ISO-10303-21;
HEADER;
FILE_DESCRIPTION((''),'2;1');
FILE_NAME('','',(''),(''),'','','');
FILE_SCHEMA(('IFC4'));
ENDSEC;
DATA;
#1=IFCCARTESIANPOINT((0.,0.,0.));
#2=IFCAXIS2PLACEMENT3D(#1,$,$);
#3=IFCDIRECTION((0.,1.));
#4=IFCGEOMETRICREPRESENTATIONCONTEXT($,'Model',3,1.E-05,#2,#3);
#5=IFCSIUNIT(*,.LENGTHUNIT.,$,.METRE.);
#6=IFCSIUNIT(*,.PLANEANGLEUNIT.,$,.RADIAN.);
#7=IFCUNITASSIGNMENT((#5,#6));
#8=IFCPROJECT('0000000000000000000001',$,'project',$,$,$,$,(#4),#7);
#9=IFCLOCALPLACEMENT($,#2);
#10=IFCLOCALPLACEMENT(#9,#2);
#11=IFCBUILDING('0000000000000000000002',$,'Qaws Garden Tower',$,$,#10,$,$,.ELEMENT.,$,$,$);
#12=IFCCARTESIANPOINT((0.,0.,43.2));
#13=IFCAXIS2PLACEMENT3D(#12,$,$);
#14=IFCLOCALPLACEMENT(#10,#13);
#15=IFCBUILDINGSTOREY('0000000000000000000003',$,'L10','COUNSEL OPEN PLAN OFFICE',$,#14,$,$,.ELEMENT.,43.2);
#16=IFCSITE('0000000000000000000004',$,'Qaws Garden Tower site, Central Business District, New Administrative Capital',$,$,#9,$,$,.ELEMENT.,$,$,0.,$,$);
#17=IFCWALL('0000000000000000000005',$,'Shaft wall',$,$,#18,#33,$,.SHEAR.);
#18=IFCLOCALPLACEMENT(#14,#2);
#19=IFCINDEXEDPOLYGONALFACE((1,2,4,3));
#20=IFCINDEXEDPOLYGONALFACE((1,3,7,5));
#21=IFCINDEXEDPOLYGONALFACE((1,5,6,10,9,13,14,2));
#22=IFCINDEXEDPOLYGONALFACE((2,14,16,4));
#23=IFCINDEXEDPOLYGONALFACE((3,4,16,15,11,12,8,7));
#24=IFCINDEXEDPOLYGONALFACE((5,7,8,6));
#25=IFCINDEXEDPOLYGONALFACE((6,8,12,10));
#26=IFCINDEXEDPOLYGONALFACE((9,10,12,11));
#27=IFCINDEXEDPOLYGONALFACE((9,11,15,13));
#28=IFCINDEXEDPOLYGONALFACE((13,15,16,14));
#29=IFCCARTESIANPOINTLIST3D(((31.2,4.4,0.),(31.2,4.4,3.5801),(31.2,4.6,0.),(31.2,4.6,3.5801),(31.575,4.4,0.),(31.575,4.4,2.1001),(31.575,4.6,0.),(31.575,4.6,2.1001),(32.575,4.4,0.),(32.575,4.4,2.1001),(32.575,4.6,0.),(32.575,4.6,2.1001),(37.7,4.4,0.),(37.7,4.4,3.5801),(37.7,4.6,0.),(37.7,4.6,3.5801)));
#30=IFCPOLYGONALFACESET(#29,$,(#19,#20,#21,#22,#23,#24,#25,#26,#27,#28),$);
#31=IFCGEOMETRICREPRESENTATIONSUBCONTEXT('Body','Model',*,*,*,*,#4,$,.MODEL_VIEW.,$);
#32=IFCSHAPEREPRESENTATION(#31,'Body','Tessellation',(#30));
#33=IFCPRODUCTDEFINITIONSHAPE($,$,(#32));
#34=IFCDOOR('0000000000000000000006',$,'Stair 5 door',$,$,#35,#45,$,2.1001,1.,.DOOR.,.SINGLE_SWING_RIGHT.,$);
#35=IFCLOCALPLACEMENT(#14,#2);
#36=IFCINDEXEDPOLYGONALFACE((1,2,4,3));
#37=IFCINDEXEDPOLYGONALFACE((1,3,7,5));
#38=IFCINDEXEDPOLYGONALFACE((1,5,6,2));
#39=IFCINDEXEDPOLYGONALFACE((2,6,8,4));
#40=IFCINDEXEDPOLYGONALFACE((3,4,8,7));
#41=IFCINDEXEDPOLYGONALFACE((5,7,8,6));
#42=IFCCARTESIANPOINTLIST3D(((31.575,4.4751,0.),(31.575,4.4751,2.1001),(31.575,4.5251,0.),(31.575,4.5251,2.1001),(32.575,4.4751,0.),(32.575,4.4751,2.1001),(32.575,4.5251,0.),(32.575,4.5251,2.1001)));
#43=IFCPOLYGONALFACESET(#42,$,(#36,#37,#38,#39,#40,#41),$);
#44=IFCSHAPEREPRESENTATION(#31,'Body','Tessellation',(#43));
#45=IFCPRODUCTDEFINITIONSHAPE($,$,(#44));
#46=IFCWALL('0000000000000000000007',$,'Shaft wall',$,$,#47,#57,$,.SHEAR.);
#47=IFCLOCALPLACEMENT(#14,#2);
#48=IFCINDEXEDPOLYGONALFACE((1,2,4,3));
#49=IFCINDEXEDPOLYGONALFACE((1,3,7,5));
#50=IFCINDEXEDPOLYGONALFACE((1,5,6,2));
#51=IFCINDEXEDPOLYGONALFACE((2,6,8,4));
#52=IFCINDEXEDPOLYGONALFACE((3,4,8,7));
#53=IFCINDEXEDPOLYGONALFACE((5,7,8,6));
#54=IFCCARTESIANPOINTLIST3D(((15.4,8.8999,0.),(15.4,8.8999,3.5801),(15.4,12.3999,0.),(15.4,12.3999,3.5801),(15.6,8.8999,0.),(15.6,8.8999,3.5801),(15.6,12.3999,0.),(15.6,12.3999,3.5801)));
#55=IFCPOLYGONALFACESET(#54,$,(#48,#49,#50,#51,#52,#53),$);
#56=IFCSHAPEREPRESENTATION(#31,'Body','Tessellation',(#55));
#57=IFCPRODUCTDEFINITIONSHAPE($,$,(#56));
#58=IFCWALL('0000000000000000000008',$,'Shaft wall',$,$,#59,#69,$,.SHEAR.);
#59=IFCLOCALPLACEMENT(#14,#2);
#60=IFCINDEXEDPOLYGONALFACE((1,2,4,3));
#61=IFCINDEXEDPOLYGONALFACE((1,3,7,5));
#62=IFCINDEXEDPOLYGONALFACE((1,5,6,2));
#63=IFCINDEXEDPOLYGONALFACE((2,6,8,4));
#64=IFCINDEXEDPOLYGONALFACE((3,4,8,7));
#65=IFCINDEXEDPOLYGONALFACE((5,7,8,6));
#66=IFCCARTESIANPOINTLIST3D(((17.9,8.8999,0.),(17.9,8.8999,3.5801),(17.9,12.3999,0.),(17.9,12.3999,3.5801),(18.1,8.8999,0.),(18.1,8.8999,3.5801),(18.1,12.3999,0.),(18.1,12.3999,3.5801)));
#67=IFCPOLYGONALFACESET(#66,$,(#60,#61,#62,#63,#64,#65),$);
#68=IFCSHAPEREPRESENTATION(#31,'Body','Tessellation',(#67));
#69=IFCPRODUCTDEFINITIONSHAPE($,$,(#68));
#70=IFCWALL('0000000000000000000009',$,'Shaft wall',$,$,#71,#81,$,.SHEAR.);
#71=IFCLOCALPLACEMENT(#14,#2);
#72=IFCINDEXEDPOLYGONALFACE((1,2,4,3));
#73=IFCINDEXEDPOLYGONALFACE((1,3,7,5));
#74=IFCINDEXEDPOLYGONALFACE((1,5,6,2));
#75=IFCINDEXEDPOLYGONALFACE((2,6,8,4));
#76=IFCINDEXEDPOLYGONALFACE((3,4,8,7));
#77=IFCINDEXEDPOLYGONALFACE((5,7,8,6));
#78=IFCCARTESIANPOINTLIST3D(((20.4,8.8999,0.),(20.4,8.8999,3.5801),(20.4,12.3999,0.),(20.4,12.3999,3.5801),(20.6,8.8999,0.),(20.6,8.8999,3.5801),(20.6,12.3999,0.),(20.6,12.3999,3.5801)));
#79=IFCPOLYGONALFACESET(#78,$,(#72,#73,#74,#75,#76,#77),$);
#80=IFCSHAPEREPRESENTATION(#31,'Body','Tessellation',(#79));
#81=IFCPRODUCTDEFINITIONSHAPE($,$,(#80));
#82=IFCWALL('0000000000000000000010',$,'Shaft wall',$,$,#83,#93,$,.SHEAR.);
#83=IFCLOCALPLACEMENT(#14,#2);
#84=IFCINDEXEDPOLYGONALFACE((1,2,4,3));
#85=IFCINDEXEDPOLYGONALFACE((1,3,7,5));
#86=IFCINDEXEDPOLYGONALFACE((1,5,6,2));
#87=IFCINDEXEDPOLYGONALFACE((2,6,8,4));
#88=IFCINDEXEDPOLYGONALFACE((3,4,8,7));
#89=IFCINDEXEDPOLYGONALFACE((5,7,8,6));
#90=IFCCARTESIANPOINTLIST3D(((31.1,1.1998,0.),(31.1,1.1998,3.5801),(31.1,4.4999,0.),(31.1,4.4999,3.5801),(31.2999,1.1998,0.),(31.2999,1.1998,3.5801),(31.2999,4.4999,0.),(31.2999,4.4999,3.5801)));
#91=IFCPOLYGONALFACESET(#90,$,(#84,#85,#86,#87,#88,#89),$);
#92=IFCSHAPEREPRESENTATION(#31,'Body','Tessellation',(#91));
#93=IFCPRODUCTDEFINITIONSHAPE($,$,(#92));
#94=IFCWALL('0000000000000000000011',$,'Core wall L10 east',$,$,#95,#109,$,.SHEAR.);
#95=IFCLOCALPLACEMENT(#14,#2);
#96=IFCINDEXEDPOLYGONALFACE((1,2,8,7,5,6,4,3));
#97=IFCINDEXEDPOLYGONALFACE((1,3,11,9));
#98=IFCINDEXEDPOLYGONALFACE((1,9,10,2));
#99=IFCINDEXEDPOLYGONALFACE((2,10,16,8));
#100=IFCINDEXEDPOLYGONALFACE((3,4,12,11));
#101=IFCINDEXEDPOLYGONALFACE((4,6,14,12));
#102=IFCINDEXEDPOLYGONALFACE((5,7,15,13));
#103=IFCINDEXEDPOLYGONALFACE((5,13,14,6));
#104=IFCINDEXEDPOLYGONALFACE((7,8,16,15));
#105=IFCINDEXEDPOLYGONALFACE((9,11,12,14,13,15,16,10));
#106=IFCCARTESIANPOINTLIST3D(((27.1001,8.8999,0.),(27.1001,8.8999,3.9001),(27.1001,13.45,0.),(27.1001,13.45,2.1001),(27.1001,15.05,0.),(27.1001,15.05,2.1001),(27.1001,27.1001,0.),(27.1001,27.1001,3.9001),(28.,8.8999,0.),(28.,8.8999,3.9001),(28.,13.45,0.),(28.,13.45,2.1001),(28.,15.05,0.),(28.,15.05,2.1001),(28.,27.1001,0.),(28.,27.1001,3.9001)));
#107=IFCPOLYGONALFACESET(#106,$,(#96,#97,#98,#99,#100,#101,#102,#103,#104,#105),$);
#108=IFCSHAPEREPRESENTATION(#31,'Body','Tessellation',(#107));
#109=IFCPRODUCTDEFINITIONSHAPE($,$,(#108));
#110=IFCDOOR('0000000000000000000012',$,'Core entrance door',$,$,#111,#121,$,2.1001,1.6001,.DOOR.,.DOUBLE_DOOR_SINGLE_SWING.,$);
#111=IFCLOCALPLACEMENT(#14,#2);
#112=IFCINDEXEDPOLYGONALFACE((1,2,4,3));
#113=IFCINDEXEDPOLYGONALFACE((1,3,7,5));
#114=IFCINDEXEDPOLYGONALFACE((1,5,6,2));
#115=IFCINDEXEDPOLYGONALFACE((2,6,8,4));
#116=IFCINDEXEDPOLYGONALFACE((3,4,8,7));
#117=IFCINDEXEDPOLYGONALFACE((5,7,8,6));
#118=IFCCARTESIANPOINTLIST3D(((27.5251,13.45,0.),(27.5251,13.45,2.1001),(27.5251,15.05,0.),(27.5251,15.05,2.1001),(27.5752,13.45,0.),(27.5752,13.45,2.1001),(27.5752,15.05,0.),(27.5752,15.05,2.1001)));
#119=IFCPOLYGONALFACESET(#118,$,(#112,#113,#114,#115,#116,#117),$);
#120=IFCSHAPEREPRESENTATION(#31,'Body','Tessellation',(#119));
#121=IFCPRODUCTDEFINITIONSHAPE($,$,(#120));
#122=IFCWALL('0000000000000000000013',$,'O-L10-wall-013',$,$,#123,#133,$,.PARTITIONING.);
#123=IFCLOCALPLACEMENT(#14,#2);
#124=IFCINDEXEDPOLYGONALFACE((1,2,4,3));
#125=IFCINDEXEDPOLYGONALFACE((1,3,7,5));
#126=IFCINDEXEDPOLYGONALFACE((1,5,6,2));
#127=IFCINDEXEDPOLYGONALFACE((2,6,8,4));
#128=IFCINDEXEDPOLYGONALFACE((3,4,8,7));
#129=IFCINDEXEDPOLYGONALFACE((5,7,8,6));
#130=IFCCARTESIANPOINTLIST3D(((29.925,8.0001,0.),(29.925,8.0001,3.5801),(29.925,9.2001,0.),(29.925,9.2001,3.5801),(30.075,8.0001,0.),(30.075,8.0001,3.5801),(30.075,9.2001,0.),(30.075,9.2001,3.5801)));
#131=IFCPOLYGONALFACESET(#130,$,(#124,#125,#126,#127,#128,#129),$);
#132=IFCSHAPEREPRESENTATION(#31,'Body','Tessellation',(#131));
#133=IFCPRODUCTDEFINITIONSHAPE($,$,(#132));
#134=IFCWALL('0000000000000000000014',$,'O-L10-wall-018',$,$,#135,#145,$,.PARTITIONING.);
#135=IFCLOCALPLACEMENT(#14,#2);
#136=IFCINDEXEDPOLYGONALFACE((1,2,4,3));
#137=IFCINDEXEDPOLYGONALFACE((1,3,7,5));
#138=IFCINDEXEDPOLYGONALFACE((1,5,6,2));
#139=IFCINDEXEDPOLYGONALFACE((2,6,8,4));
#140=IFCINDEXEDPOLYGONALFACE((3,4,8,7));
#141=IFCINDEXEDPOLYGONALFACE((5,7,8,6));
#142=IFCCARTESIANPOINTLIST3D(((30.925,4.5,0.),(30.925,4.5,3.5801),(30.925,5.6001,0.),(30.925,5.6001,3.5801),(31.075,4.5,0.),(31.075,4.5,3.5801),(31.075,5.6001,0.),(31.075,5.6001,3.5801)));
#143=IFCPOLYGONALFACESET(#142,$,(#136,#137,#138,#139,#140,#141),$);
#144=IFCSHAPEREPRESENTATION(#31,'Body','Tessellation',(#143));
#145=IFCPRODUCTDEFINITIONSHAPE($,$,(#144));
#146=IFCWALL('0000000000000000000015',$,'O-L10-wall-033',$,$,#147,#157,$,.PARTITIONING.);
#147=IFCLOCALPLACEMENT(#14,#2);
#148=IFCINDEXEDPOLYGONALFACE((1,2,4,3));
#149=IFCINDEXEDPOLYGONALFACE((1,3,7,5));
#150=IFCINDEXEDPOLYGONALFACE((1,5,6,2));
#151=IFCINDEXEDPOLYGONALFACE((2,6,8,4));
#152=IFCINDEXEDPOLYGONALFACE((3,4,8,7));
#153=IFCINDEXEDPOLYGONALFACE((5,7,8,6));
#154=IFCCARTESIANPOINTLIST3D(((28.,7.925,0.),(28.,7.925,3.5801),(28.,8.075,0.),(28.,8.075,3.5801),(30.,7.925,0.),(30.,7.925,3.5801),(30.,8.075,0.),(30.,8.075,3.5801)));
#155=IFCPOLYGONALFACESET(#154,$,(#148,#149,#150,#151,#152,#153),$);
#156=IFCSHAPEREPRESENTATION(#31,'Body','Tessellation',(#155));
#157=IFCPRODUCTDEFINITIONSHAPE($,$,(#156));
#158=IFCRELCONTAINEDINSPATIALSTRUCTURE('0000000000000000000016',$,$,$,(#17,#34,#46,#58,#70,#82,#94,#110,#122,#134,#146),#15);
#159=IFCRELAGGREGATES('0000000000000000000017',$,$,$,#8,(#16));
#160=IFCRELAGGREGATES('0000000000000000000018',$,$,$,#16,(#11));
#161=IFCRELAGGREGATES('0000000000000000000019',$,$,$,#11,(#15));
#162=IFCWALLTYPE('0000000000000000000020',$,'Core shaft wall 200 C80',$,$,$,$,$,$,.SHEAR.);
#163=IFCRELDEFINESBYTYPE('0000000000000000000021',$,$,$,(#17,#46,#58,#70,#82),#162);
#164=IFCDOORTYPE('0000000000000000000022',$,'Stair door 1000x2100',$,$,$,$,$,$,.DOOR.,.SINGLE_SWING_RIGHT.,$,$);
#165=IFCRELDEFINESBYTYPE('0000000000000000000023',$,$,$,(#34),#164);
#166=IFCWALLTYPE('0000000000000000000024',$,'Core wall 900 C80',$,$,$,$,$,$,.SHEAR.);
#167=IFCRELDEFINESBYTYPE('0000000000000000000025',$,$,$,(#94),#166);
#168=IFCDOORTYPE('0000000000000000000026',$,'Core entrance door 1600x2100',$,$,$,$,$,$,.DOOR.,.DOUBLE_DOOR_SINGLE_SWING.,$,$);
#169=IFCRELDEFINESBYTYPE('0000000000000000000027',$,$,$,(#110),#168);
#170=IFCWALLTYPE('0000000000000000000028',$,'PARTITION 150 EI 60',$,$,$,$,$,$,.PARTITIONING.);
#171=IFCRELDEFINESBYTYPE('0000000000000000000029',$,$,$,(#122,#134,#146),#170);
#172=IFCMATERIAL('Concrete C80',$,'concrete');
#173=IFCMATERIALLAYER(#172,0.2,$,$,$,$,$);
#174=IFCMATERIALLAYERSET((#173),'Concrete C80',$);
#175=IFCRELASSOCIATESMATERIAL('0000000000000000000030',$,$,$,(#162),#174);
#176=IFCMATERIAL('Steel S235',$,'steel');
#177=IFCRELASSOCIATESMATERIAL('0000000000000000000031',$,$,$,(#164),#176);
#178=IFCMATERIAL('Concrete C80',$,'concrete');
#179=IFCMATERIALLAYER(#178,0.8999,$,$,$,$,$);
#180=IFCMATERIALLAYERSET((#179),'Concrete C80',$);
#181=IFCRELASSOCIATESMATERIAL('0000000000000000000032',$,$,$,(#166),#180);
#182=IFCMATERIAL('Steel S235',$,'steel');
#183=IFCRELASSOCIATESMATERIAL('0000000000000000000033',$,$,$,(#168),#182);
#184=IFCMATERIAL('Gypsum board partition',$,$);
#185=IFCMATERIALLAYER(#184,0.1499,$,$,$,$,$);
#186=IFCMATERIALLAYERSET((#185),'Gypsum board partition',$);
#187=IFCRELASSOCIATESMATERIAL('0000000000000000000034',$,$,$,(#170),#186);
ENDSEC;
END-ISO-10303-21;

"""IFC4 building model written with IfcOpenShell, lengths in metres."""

from ifc_helpers import new_model, si_unit, direction, frame, frame_2d, origin, place, context, subcontext, project, spatial, rectangle, extrude, material, layer, layer_set, type_object, element, fill, save


model = new_model("IFC4")

# Units and contexts
model_context = context("Model", 3, precision=1e-05, world=origin(), true_north=direction((0.0, 1.0)))
body_context = subcontext(model_context, "Body", "Model", "MODEL_VIEW")
ifc_project = project(units=[si_unit("LENGTHUNIT", "METRE"), si_unit("PLANEANGLEUNIT", "RADIAN")], contexts=[model_context])

# Site, building, storey
site_placement = place(None, origin())
site = spatial("IfcSite", under=ifc_project, at=site_placement, Name="Qaws Garden Tower site, Central Business District, New Administrative Capital", CompositionType="ELEMENT", RefElevation=0.0)
building_placement = place(site_placement, origin())
building = spatial("IfcBuilding", under=site, at=building_placement, Name="Qaws Garden Tower", CompositionType="ELEMENT")
storey_placement = place(building_placement, frame((0.0, 0.0, 43.2)))
storey = spatial("IfcBuildingStorey", under=building, at=storey_placement, Name="L10", Description="COUNSEL OPEN PLAN OFFICE", CompositionType="ELEMENT", Elevation=43.2)

# Shared definitions
ifc_material_1 = material(Name="Concrete C80", Category="concrete")
ifc_layer_1 = layer(ifc_material_1, 0.2)
ifc_layer_set_1 = layer_set([ifc_layer_1], Name="Concrete C80")
wall_type_1 = type_object("IfcWallType", Name="Core shaft wall 200 C80", PredefinedType="SHEAR", material=ifc_layer_set_1)

# Wall, opening, door
wall_1_placement = place(storey_placement, frame((31.2, 4.5, 0.0), z_axis=(0.0, 0.0, 1.0), x_axis=(1.0, 0.0, 0.0)))
wall_1 = element("IfcWall", 1, at=wall_1_placement, inside=storey, type_object=wall_type_1, Name="Shaft wall", PredefinedType="SHEAR", context=body_context, shape_type="SweptSolid", body=[
    extrude(rectangle(XDim=6.5, YDim=0.2, at=frame_2d((3.25, 0.0))), origin(), (0.0, 0.0, 1.0), 3.5801),
])
opening_1_placement = place(wall_1_placement, frame((0.375, 0.0, 0.0)))
opening_1 = element("IfcOpeningElement", 2, at=opening_1_placement, cuts=wall_1, PredefinedType="OPENING", context=body_context, shape_type="SweptSolid", body=[
    extrude(rectangle(XDim=1.0, YDim=2.1001, at=frame_2d((0.5, 1.05))), frame((0.0, 0.1099, 0.0), z_axis=(0.0, -1.0, 0.0), x_axis=(1.0, 0.0, 0.0)), (0.0, 0.0, 1.0), 0.22),
])
ifc_material_2 = material(Name="Steel S235", Category="steel")
door_type_1 = type_object("IfcDoorType", Name="Stair door 1000x2100", OperationType="SINGLE_SWING_RIGHT", PredefinedType="DOOR", material=ifc_material_2)
door_1_placement = place(opening_1_placement, frame((1.0, 0.0, 0.0), z_axis=(0.0, 0.0, 1.0), x_axis=(-1.0, 0.0, 0.0)))
door_1 = element("IfcDoor", 3, at=door_1_placement, inside=storey, type_object=door_type_1, Name="Stair 5 door", OperationType="SINGLE_SWING_RIGHT", OverallHeight=2.1001, OverallWidth=1.0, PredefinedType="DOOR", context=body_context, shape_type="SweptSolid", body=[
    extrude(rectangle(XDim=1.0, YDim=2.1001, at=frame_2d((0.5, 1.05))), frame((0.0, 0.0249, 0.0), z_axis=(0.0, -1.0, 0.0), x_axis=(1.0, 0.0, 0.0)), (0.0, 0.0, 1.0), 0.05),
])
fill(opening_1, door_1)

# Walls
for number, where, z_axis, x_axis, name in (
    (4, (15.5, 8.8999, 0.0), (0.0, 0.0, 1.0), (0.0, 1.0, 0.0), "Shaft wall"),
    (5, (18.0, 8.8999, 0.0), (0.0, 0.0, 1.0), (0.0, 1.0, 0.0), "Shaft wall"),
    (6, (20.5, 8.8999, 0.0), (0.0, 0.0, 1.0), (0.0, 1.0, 0.0), "Shaft wall"),
):
    element("IfcWall", number, at=place(storey_placement, frame(where, z_axis=z_axis, x_axis=x_axis)), inside=storey, type_object=wall_type_1, Name=name, PredefinedType="SHEAR", context=body_context, shape_type="SweptSolid", body=[
        extrude(rectangle(XDim=3.5, YDim=0.2, at=frame_2d((1.75, 0.0))), origin(), (0.0, 0.0, 1.0), 3.5801),
    ])
wall_2_placement = place(storey_placement, frame((31.2, 1.2, 0.0), z_axis=(0.0, 0.0, 1.0), x_axis=(0.0, 1.0, 0.0)))
element("IfcWall", 7, at=wall_2_placement, inside=storey, type_object=wall_type_1, Name="Shaft wall", PredefinedType="SHEAR", context=body_context, shape_type="SweptSolid", body=[
    extrude(rectangle(XDim=3.3, YDim=0.2, at=frame_2d((1.6499, 0.0))), origin(), (0.0, 0.0, 1.0), 3.5801),
])

# Wall, opening, door
ifc_material_3 = material(Name="Concrete C80", Category="concrete")
ifc_layer_2 = layer(ifc_material_3, 0.8999)
ifc_layer_set_2 = layer_set([ifc_layer_2], Name="Concrete C80")
wall_type_2 = type_object("IfcWallType", Name="Core wall 900 C80", PredefinedType="SHEAR", material=ifc_layer_set_2)
wall_3_placement = place(storey_placement, frame((27.55, 8.8999, 0.0), z_axis=(0.0, 0.0, 1.0), x_axis=(0.0, 1.0, 0.0)))
wall_3 = element("IfcWall", 8, at=wall_3_placement, inside=storey, type_object=wall_type_2, Name="Core wall L10 east", PredefinedType="SHEAR", context=body_context, shape_type="SweptSolid", body=[
    extrude(rectangle(XDim=18.2002, YDim=0.8999, at=frame_2d((9.1001, 0.0))), origin(), (0.0, 0.0, 1.0), 3.9001),
])
opening_2_placement = place(wall_3_placement, frame((4.55, 0.0, 0.0)))
opening_2 = element("IfcOpeningElement", 9, at=opening_2_placement, cuts=wall_3, PredefinedType="OPENING", context=body_context, shape_type="SweptSolid", body=[
    extrude(rectangle(XDim=1.6001, YDim=2.1001, at=frame_2d((0.8, 1.05))), frame((0.0, 0.46, 0.0), z_axis=(0.0, -1.0, 0.0), x_axis=(1.0, 0.0, 0.0)), (0.0, 0.0, 1.0), 0.9199),
])
ifc_material_4 = material(Name="Steel S235", Category="steel")
door_type_2 = type_object("IfcDoorType", Name="Core entrance door 1600x2100", OperationType="DOUBLE_DOOR_SINGLE_SWING", PredefinedType="DOOR", material=ifc_material_4)
door_2_placement = place(opening_2_placement, origin())
door_2 = element("IfcDoor", 10, at=door_2_placement, inside=storey, type_object=door_type_2, Name="Core entrance door", OperationType="DOUBLE_DOOR_SINGLE_SWING", OverallHeight=2.1001, OverallWidth=1.6001, PredefinedType="DOOR", context=body_context, shape_type="SweptSolid", body=[
    extrude(rectangle(XDim=1.6001, YDim=2.1001, at=frame_2d((0.8, 1.05))), frame((0.0, 0.0249, 0.0), z_axis=(0.0, -1.0, 0.0), x_axis=(1.0, 0.0, 0.0)), (0.0, 0.0, 1.0), 0.05),
])
fill(opening_2, door_2)

# Walls
ifc_material_5 = material(Name="Gypsum board partition")
ifc_layer_3 = layer(ifc_material_5, 0.1499)
ifc_layer_set_3 = layer_set([ifc_layer_3], Name="Gypsum board partition")
wall_type_3 = type_object("IfcWallType", Name="PARTITION 150 EI 60", PredefinedType="PARTITIONING", material=ifc_layer_set_3)
wall_4_placement = place(storey_placement, frame((30.0, 8.0, 0.0), z_axis=(0.0, 0.0, 1.0), x_axis=(0.0, 1.0, 0.0)))
element("IfcWall", 11, at=wall_4_placement, inside=storey, type_object=wall_type_3, Name="O-L10-wall-013", PredefinedType="PARTITIONING", context=body_context, shape_type="SweptSolid", body=[
    extrude(rectangle(XDim=1.2, YDim=0.1499, at=frame_2d((0.6001, 0.0))), origin(), (0.0, 0.0, 1.0), 3.5801),
])
wall_5_placement = place(storey_placement, frame((31.0, 4.5, 0.0), z_axis=(0.0, 0.0, 1.0), x_axis=(0.0, 1.0, 0.0)))
element("IfcWall", 12, at=wall_5_placement, inside=storey, type_object=wall_type_3, Name="O-L10-wall-018", PredefinedType="PARTITIONING", context=body_context, shape_type="SweptSolid", body=[
    extrude(rectangle(XDim=1.1001, YDim=0.1499, at=frame_2d((0.55, 0.0))), origin(), (0.0, 0.0, 1.0), 3.5801),
])
wall_6_placement = place(storey_placement, frame((28.0, 8.0, 0.0), z_axis=(0.0, 0.0, 1.0), x_axis=(1.0, 0.0, 0.0)))
element("IfcWall", 13, at=wall_6_placement, inside=storey, type_object=wall_type_3, Name="O-L10-wall-033", PredefinedType="PARTITIONING", context=body_context, shape_type="SweptSolid", body=[
    extrude(rectangle(XDim=2.0, YDim=0.1499, at=frame_2d((1.0, 0.0))), origin(), (0.0, 0.0, 1.0), 3.5801),
])

save(model, "model.ifc")
